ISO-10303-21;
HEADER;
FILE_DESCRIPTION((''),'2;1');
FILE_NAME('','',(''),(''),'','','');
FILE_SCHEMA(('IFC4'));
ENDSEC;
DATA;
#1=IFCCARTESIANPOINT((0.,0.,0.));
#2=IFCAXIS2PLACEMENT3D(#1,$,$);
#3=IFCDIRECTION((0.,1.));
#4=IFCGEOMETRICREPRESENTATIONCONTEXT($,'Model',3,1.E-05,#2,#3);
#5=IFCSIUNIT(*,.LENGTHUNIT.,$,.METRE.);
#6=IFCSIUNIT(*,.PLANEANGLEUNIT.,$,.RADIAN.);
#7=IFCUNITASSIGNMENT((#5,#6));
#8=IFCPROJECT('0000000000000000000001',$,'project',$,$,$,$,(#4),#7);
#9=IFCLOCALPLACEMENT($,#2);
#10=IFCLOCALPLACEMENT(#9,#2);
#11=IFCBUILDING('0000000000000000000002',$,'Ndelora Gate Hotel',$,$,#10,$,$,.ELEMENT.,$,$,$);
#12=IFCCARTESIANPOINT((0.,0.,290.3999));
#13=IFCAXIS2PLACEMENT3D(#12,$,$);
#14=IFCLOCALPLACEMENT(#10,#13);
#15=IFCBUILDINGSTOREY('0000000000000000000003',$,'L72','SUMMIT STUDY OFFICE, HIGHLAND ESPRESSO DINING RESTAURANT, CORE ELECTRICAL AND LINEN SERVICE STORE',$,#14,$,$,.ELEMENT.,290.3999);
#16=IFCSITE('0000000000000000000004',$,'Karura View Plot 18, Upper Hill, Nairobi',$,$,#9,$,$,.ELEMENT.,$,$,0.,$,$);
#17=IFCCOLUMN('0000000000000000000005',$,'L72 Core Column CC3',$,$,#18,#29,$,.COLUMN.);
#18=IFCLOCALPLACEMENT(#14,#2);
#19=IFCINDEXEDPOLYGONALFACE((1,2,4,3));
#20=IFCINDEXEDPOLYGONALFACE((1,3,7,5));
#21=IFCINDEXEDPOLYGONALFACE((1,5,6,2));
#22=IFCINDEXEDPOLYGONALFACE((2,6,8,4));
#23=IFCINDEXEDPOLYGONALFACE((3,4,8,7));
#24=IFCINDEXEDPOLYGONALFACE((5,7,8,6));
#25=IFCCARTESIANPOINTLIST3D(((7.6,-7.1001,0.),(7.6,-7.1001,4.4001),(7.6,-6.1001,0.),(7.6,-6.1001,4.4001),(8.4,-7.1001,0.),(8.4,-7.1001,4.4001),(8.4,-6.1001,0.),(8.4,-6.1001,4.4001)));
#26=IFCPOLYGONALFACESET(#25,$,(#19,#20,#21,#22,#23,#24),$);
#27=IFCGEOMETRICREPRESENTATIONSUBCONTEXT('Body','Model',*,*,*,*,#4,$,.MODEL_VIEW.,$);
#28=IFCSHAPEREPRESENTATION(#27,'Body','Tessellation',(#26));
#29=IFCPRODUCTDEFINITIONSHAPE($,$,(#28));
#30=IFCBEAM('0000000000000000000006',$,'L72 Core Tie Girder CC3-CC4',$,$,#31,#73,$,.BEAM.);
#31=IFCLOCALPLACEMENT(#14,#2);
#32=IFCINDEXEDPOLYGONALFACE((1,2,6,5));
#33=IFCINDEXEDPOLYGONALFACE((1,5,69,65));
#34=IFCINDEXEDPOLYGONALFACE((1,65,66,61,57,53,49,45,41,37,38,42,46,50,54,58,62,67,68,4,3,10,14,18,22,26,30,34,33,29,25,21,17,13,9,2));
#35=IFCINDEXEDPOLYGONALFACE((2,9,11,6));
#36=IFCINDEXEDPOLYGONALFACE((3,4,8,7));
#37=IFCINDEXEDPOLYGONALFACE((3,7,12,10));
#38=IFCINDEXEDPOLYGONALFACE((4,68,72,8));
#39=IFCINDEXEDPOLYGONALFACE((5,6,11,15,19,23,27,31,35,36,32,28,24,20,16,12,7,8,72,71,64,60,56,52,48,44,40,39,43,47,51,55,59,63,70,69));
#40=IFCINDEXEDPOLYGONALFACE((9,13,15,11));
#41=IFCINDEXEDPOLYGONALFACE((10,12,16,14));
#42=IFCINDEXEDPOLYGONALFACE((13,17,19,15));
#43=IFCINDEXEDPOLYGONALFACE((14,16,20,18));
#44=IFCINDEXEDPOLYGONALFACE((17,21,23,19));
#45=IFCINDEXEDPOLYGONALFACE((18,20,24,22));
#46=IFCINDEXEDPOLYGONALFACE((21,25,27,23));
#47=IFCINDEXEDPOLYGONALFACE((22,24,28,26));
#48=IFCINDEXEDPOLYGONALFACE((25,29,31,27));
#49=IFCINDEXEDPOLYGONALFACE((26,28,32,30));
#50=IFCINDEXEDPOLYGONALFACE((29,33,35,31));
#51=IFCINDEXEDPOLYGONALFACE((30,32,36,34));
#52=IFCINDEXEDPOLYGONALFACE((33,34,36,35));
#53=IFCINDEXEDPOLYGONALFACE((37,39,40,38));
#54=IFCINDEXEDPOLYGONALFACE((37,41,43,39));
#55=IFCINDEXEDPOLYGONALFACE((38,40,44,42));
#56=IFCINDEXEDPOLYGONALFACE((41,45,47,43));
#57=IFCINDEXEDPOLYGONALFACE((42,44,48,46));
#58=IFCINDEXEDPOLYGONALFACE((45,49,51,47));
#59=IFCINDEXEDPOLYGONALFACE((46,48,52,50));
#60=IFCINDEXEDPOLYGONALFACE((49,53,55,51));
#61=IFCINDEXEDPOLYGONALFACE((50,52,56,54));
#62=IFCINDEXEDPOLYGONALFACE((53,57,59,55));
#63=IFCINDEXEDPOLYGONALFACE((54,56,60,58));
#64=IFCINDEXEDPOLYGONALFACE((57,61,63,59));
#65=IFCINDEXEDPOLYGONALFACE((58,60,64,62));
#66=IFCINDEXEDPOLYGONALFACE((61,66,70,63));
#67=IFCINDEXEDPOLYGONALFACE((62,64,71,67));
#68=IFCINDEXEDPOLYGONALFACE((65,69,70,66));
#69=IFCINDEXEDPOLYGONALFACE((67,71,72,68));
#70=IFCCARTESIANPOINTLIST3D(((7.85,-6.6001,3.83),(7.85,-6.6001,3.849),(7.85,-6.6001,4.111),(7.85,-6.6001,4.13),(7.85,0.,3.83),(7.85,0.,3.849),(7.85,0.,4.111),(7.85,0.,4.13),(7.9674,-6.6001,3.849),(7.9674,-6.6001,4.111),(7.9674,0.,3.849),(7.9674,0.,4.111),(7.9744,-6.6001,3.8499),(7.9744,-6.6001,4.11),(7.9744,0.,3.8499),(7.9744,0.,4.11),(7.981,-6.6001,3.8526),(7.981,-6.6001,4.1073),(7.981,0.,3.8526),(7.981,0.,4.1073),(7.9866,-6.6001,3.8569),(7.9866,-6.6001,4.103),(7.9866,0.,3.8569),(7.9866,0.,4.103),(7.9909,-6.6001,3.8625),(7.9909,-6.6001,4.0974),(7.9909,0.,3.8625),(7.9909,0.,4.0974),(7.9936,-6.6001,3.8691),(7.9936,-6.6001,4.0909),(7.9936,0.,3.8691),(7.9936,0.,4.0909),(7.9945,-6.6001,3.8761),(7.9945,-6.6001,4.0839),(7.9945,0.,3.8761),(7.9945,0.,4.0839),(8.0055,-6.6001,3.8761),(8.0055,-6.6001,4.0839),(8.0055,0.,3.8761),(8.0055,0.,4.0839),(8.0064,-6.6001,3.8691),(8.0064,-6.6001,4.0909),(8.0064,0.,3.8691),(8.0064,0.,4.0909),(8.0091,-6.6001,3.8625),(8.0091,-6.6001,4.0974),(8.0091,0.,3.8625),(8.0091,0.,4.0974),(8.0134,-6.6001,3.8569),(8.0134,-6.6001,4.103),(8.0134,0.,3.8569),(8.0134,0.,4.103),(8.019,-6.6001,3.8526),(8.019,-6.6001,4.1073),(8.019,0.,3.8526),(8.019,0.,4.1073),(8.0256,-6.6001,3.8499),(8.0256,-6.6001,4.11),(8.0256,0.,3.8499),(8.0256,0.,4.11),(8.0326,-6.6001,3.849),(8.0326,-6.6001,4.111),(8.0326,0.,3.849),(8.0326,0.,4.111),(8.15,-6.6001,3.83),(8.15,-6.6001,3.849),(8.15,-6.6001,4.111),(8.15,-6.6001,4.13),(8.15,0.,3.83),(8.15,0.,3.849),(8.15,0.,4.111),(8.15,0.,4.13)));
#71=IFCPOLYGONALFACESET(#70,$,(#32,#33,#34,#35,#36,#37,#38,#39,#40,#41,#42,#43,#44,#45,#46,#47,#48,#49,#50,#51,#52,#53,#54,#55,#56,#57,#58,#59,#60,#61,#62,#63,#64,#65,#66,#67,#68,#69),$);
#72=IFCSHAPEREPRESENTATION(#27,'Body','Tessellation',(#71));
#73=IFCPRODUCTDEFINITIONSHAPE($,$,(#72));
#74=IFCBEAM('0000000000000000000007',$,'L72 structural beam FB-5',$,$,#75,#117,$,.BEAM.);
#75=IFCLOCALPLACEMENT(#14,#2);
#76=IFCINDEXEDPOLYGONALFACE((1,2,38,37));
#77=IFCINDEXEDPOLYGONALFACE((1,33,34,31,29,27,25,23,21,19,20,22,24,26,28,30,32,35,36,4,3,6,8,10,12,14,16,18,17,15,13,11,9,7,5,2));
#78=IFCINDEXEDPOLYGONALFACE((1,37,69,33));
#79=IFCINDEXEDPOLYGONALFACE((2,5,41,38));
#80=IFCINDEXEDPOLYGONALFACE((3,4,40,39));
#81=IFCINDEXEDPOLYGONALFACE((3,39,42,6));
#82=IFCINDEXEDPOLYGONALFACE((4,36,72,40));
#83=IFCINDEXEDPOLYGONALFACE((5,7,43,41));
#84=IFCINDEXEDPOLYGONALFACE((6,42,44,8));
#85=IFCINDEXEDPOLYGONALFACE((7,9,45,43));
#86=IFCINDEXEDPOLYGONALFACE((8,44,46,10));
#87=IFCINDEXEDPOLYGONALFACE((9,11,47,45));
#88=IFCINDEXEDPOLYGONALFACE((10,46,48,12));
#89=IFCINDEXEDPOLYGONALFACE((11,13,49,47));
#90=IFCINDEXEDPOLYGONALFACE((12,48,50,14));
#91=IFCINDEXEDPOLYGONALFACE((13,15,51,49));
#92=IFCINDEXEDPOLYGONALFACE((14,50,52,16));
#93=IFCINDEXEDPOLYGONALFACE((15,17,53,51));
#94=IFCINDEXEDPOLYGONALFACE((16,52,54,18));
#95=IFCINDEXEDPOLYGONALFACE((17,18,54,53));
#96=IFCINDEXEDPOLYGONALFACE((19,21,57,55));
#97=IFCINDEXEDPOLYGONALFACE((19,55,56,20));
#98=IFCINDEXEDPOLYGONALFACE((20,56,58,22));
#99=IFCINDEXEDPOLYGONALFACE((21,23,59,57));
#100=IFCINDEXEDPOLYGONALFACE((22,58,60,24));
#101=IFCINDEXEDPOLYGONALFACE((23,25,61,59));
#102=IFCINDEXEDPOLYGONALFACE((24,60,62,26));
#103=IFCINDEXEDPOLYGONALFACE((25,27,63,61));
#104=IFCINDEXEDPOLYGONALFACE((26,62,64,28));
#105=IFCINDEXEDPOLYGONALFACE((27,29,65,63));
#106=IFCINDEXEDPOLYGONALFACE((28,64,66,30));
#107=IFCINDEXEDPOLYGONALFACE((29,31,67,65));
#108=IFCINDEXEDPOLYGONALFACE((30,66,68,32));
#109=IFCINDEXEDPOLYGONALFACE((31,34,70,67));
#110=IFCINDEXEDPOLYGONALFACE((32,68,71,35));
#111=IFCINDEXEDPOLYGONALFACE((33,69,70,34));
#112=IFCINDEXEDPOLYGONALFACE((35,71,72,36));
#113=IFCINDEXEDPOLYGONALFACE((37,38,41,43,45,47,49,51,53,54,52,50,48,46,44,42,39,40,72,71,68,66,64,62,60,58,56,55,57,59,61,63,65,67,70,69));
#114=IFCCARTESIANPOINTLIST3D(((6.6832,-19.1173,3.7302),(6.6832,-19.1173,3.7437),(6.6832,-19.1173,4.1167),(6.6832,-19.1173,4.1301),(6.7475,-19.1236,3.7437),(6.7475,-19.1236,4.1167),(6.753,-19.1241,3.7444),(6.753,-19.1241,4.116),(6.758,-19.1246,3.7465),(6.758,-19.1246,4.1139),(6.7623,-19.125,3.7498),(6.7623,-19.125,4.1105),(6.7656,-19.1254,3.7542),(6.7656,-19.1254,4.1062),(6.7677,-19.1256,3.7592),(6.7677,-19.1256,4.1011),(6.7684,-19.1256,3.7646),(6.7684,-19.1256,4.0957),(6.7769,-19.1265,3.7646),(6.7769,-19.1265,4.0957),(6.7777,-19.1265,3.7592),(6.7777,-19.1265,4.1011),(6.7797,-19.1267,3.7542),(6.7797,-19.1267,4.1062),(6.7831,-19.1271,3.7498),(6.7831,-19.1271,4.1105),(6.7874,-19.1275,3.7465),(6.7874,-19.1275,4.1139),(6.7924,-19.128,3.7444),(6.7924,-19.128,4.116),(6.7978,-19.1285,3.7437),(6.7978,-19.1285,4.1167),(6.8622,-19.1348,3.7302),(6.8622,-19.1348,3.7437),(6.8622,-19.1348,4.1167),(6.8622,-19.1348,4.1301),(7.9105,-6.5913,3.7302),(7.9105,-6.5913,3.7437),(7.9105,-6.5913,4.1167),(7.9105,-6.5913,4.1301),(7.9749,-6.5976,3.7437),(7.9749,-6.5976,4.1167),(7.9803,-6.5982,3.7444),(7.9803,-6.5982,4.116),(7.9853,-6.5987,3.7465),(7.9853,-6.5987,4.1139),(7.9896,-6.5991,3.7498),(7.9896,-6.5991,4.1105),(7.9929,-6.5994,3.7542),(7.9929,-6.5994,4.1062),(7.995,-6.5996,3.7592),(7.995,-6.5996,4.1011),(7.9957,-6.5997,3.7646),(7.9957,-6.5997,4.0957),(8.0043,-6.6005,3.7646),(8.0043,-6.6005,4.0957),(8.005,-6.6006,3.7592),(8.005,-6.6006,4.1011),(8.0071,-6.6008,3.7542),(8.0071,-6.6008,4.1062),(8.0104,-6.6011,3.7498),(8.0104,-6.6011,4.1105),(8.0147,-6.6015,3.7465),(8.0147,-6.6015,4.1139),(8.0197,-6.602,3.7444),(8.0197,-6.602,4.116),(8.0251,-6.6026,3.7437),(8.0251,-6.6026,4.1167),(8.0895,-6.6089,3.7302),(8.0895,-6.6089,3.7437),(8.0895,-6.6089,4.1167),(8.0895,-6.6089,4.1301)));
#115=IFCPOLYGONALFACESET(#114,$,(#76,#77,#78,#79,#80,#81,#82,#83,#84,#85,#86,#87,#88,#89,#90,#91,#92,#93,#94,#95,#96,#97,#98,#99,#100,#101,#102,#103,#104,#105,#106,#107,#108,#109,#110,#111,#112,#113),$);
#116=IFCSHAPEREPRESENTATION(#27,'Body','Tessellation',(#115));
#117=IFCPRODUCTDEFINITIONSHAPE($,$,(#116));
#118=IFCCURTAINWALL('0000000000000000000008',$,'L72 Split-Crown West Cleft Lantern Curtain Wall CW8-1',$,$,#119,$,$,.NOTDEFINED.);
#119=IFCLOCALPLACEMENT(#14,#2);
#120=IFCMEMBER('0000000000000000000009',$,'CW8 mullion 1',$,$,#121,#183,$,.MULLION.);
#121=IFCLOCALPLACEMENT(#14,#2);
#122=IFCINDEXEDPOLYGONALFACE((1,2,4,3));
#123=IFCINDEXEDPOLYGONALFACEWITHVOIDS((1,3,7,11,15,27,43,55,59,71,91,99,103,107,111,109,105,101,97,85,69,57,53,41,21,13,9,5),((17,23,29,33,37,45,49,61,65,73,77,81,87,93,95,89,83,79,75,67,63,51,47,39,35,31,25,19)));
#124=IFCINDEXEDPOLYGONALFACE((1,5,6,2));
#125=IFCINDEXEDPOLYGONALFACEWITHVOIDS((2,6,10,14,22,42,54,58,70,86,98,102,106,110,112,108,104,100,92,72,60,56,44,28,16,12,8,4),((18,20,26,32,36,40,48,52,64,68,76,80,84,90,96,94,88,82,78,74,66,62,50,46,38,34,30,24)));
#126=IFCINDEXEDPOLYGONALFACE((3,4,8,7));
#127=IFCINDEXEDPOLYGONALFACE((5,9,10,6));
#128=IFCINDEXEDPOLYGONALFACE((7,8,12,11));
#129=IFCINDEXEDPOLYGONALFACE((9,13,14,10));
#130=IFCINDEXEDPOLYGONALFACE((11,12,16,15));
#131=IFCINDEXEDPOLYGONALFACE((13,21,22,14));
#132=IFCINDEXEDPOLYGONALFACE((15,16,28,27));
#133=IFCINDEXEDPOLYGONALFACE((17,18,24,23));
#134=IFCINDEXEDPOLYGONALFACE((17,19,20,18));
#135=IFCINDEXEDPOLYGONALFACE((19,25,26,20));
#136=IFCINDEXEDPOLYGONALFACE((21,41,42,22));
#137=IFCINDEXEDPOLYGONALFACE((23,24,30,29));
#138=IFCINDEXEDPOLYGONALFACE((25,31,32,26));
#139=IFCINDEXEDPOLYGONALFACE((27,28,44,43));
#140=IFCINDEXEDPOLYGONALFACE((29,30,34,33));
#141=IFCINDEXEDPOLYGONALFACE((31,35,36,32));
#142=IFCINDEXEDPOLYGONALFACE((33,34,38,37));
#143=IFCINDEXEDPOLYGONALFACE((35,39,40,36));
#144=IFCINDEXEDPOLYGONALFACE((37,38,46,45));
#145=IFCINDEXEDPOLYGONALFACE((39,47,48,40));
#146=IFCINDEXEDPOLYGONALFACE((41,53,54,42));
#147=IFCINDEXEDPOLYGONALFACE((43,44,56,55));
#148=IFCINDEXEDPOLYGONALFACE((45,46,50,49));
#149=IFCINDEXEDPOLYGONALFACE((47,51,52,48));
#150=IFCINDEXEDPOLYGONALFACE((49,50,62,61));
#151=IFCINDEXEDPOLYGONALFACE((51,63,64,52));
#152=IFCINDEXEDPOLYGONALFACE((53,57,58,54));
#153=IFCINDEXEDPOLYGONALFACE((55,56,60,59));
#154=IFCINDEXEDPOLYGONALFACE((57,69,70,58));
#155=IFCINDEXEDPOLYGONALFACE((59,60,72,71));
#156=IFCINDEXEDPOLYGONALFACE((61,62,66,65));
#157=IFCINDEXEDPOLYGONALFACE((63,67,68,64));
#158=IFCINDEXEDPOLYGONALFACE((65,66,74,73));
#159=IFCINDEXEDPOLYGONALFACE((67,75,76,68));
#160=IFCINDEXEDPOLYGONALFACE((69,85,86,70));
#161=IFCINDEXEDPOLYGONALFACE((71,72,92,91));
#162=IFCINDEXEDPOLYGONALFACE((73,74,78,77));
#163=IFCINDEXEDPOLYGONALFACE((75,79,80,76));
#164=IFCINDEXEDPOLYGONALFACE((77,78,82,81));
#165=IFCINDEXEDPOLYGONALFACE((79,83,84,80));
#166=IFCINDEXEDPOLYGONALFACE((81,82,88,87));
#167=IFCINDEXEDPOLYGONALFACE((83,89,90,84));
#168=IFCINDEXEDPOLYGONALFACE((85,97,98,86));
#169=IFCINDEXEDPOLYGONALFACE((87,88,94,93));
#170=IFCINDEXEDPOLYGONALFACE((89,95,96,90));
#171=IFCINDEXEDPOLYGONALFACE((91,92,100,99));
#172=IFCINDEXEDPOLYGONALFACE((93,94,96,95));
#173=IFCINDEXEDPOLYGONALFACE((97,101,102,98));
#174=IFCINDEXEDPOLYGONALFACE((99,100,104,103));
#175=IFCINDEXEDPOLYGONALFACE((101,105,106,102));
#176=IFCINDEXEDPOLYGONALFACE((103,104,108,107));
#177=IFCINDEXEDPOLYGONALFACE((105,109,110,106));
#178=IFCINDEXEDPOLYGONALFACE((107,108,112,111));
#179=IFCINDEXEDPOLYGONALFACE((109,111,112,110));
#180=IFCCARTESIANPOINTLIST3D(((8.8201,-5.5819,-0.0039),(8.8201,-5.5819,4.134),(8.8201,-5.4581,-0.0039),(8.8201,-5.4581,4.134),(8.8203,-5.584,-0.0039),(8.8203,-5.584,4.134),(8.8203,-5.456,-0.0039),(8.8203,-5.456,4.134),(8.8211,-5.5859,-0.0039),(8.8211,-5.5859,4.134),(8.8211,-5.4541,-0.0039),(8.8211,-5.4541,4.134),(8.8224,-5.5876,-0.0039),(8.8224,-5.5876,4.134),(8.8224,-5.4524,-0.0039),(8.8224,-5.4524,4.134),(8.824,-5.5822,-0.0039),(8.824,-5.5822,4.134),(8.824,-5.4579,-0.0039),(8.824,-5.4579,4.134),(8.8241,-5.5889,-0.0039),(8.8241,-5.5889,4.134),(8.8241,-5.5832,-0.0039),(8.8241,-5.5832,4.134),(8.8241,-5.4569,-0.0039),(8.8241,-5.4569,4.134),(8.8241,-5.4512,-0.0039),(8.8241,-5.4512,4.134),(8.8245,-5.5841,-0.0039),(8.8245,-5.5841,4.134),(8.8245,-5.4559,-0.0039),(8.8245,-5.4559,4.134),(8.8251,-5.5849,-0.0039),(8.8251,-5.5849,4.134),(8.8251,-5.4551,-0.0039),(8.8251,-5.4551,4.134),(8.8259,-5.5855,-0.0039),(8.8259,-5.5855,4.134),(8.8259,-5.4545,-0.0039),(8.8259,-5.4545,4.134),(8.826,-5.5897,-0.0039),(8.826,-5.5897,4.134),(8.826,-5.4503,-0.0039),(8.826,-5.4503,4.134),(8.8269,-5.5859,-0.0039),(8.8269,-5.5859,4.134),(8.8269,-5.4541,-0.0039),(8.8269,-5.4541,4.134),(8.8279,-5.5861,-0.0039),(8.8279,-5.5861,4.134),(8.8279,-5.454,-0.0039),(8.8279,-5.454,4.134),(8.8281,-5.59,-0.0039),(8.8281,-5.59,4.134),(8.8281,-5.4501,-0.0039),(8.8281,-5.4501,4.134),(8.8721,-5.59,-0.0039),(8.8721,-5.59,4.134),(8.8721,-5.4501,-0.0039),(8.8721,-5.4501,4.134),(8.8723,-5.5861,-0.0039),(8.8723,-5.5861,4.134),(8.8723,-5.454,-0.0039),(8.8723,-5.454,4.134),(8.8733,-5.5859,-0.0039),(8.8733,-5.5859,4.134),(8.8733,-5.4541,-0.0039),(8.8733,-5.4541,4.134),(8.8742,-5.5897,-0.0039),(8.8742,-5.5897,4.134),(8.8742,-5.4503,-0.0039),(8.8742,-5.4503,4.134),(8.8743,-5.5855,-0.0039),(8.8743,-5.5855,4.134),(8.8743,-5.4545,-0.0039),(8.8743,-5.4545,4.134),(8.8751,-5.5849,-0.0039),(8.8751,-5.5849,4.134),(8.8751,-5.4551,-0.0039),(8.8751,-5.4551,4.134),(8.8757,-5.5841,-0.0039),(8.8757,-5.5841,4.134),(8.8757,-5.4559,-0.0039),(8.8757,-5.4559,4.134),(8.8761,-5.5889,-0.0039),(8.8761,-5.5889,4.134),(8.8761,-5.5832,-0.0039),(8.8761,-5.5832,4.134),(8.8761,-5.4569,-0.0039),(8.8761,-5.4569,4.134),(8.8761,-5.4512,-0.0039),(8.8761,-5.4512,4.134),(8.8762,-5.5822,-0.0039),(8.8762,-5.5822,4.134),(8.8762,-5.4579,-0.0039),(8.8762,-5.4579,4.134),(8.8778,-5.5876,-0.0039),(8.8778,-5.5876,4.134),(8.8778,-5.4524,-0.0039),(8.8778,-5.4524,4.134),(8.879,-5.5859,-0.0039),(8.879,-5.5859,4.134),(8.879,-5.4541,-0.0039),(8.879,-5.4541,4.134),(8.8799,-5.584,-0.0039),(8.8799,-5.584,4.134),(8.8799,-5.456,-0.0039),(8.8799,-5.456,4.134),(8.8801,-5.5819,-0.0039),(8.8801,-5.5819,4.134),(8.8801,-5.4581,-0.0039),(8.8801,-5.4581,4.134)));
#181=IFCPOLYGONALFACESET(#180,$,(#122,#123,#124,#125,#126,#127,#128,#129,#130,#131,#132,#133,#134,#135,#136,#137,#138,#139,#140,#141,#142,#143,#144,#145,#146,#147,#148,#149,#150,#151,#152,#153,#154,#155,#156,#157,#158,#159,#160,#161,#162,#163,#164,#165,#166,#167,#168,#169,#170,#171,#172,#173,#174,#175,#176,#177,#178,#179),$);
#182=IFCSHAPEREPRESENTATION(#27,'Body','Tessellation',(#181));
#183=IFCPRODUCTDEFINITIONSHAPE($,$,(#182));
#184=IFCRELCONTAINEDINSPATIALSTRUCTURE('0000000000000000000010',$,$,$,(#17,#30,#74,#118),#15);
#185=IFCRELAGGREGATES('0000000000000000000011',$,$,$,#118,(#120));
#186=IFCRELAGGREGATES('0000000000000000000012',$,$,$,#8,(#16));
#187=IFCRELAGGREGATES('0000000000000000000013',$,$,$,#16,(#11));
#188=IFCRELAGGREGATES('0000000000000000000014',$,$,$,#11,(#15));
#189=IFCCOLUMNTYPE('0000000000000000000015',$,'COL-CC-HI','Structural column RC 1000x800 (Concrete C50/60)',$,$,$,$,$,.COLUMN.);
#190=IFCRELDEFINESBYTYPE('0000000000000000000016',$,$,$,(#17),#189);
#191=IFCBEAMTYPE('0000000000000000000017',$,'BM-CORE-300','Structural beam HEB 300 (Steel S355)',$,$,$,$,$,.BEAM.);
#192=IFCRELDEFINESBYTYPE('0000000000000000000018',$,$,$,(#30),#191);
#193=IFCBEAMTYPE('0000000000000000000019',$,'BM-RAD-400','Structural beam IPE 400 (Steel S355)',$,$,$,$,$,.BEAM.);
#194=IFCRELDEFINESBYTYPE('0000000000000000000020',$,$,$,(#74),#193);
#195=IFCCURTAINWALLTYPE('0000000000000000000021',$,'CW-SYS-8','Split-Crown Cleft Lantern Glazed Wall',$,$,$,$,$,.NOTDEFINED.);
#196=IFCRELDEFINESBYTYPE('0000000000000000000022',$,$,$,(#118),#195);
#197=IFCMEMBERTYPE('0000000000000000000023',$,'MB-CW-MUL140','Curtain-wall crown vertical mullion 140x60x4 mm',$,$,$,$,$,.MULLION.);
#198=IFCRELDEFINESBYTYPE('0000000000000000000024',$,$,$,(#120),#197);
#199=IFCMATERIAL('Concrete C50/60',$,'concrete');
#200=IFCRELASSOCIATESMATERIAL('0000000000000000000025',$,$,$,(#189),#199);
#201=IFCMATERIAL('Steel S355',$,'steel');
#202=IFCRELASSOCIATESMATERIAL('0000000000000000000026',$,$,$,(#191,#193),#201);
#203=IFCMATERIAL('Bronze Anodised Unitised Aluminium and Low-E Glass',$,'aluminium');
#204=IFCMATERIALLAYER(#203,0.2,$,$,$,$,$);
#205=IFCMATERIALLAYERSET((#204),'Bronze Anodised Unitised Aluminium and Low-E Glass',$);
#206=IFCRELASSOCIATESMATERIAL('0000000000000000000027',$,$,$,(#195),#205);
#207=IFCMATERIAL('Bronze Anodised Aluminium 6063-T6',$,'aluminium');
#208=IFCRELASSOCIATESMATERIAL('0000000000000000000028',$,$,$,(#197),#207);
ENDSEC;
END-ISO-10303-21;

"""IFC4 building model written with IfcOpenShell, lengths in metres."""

from ifc_helpers import new_model, si_unit, direction, frame, origin, origin_2d, place, context, subcontext, project, spatial, rectangle, hollow_rectangle, i_section, extrude, material, layer, layer_set, material_profile, profile_set, type_object, element, aggregate, save


model = new_model("IFC4")

# Units and contexts
model_context = context("Model", 3, precision=1e-05, world=origin(), true_north=direction((0.0, 1.0)))
body_context = subcontext(model_context, "Body", "Model", "MODEL_VIEW")
ifc_project = project(units=[si_unit("LENGTHUNIT", "METRE"), si_unit("PLANEANGLEUNIT", "RADIAN")], contexts=[model_context])

# Site, building, storey
site_placement = place(None, origin())
site = spatial("IfcSite", under=ifc_project, at=site_placement, Name="Karura View Plot 18, Upper Hill, Nairobi", CompositionType="ELEMENT", RefElevation=0.0)
building_placement = place(site_placement, origin())
building = spatial("IfcBuilding", under=site, at=building_placement, Name="Ndelora Gate Hotel", CompositionType="ELEMENT")
storey_placement = place(building_placement, frame((0.0, 0.0, 290.3999)))
storey = spatial("IfcBuildingStorey", under=building, at=storey_placement, Name="L72", Description="SUMMIT STUDY OFFICE, HIGHLAND ESPRESSO DINING RESTAURANT, CORE ELECTRICAL AND LINEN SERVICE STORE", CompositionType="ELEMENT", Elevation=290.3999)

# Column
ifc_material_1 = material(Name="Concrete C50/60", Category="concrete")
ifc_material_profile_1 = material_profile(ifc_material_1, rectangle(XDim=0.8, YDim=1.0, at=origin_2d()), Name="RC 1000x800")
ifc_profile_set_1 = profile_set([ifc_material_profile_1], Name="Concrete C50/60")
column_type = type_object("IfcColumnType", Name="COL-CC-HI", Description="Structural column RC 1000x800 (Concrete C50/60)", PredefinedType="COLUMN", material=ifc_profile_set_1)
column_placement = place(storey_placement, frame((8.0, -6.6001, 0.0), z_axis=(0.0, 0.0, 1.0), x_axis=(1.0, 0.0, 0.0)))
element("IfcColumn", 1, at=column_placement, inside=storey, type_object=column_type, Name="L72 Core Column CC3", PredefinedType="COLUMN", context=body_context, shape_type="SweptSolid", body=[
    extrude(rectangle(XDim=0.8, YDim=1.0, at=origin_2d()), origin(), (0.0, 0.0, 1.0), 4.4001),
])

# Beams
ifc_material_2 = material(Name="Steel S355", Category="steel")
ifc_material_profile_2 = material_profile(ifc_material_2, i_section(OverallWidth=0.3, OverallDepth=0.3, WebThickness=0.011, FlangeThickness=0.019, FilletRadius=0.0271, at=origin_2d()), Name="HEB 300")
ifc_profile_set_2 = profile_set([ifc_material_profile_2], Name="Steel S355")
beam_type_1 = type_object("IfcBeamType", Name="BM-CORE-300", Description="Structural beam HEB 300 (Steel S355)", PredefinedType="BEAM", material=ifc_profile_set_2)
beam_1_placement = place(storey_placement, frame((8.0, -6.6001, 3.98), z_axis=(0.0, 1.0, 0.0), x_axis=(-1.0, 0.0, 0.0)))
element("IfcBeam", 2, at=beam_1_placement, inside=storey, type_object=beam_type_1, Name="L72 Core Tie Girder CC3-CC4", PredefinedType="BEAM", context=body_context, shape_type="SweptSolid", body=[
    extrude(i_section(OverallWidth=0.3, OverallDepth=0.3, WebThickness=0.011, FlangeThickness=0.019, FilletRadius=0.0271, at=origin_2d()), origin(), (0.0, 0.0, 1.0), 6.6001),
])
ifc_material_profile_3 = material_profile(ifc_material_2, i_section(OverallWidth=0.1799, OverallDepth=0.3999, WebThickness=0.0085, FlangeThickness=0.0134, FilletRadius=0.021, at=origin_2d()), Name="IPE 400")
ifc_profile_set_3 = profile_set([ifc_material_profile_3], Name="Steel S355")
beam_type_2 = type_object("IfcBeamType", Name="BM-RAD-400", Description="Structural beam IPE 400 (Steel S355)", PredefinedType="BEAM", material=ifc_profile_set_3)
beam_2_placement = place(storey_placement, frame((8.0, -6.6001, 3.9302), z_axis=(-0.097514, -0.995234, 0.0), x_axis=(0.995234, -0.097514, 0.0)))
element("IfcBeam", 3, at=beam_2_placement, inside=storey, type_object=beam_type_2, Name="L72 structural beam FB-5", PredefinedType="BEAM", context=body_context, shape_type="SweptSolid", body=[
    extrude(i_section(OverallWidth=0.1799, OverallDepth=0.3999, WebThickness=0.0085, FlangeThickness=0.0134, FilletRadius=0.021, at=origin_2d()), origin(), (0.0, 0.0, 1.0), 12.5859),
])

# Curtain wall, member
ifc_material_3 = material(Name="Bronze Anodised Unitised Aluminium and Low-E Glass", Category="aluminium")
ifc_layer_1 = layer(ifc_material_3, 0.2)
ifc_layer_set_1 = layer_set([ifc_layer_1], Name="Bronze Anodised Unitised Aluminium and Low-E Glass")
curtain_wall_type = type_object("IfcCurtainWallType", Name="CW-SYS-8", Description="Split-Crown Cleft Lantern Glazed Wall", PredefinedType="NOTDEFINED", material=ifc_layer_set_1)
curtain_wall_placement = place(storey_placement, origin())
curtain_wall = element("IfcCurtainWall", 4, at=curtain_wall_placement, inside=storey, type_object=curtain_wall_type, Name="L72 Split-Crown West Cleft Lantern Curtain Wall CW8-1", PredefinedType="NOTDEFINED")
ifc_material_4 = material(Name="Bronze Anodised Aluminium 6063-T6", Category="aluminium")
ifc_material_profile_4 = material_profile(ifc_material_4, hollow_rectangle(XDim=0.0601, YDim=0.1399, WallThickness=0.0039, InnerFilletRadius=0.0039, OuterFilletRadius=0.0081, at=origin_2d()), Name="ALU 140x60x4")
ifc_profile_set_4 = profile_set([ifc_material_profile_4], Name="Bronze Anodised Aluminium 6063-T6")
member_type_1 = type_object("IfcMemberType", Name="MB-CW-MUL140", Description="Curtain-wall crown vertical mullion 140x60x4 mm", PredefinedType="MULLION", material=ifc_profile_set_4)
member_1_placement = place(storey_placement, frame((8.8501, -5.52, -0.0039), z_axis=(0.0, 0.0, 1.0), x_axis=(-1.0, 0.0, 0.0)))
member_1 = element("IfcMember", 5, at=member_1_placement, type_object=member_type_1, Name="CW8 mullion 1", PredefinedType="MULLION", context=body_context, shape_type="SweptSolid", body=[
    extrude(hollow_rectangle(XDim=0.0601, YDim=0.1399, WallThickness=0.0039, InnerFilletRadius=0.0039, OuterFilletRadius=0.0081, at=origin_2d()), origin(), (0.0, 0.0, 1.0), 4.1379),
])
aggregate(curtain_wall, [member_1])

save(model, "model.ifc")
